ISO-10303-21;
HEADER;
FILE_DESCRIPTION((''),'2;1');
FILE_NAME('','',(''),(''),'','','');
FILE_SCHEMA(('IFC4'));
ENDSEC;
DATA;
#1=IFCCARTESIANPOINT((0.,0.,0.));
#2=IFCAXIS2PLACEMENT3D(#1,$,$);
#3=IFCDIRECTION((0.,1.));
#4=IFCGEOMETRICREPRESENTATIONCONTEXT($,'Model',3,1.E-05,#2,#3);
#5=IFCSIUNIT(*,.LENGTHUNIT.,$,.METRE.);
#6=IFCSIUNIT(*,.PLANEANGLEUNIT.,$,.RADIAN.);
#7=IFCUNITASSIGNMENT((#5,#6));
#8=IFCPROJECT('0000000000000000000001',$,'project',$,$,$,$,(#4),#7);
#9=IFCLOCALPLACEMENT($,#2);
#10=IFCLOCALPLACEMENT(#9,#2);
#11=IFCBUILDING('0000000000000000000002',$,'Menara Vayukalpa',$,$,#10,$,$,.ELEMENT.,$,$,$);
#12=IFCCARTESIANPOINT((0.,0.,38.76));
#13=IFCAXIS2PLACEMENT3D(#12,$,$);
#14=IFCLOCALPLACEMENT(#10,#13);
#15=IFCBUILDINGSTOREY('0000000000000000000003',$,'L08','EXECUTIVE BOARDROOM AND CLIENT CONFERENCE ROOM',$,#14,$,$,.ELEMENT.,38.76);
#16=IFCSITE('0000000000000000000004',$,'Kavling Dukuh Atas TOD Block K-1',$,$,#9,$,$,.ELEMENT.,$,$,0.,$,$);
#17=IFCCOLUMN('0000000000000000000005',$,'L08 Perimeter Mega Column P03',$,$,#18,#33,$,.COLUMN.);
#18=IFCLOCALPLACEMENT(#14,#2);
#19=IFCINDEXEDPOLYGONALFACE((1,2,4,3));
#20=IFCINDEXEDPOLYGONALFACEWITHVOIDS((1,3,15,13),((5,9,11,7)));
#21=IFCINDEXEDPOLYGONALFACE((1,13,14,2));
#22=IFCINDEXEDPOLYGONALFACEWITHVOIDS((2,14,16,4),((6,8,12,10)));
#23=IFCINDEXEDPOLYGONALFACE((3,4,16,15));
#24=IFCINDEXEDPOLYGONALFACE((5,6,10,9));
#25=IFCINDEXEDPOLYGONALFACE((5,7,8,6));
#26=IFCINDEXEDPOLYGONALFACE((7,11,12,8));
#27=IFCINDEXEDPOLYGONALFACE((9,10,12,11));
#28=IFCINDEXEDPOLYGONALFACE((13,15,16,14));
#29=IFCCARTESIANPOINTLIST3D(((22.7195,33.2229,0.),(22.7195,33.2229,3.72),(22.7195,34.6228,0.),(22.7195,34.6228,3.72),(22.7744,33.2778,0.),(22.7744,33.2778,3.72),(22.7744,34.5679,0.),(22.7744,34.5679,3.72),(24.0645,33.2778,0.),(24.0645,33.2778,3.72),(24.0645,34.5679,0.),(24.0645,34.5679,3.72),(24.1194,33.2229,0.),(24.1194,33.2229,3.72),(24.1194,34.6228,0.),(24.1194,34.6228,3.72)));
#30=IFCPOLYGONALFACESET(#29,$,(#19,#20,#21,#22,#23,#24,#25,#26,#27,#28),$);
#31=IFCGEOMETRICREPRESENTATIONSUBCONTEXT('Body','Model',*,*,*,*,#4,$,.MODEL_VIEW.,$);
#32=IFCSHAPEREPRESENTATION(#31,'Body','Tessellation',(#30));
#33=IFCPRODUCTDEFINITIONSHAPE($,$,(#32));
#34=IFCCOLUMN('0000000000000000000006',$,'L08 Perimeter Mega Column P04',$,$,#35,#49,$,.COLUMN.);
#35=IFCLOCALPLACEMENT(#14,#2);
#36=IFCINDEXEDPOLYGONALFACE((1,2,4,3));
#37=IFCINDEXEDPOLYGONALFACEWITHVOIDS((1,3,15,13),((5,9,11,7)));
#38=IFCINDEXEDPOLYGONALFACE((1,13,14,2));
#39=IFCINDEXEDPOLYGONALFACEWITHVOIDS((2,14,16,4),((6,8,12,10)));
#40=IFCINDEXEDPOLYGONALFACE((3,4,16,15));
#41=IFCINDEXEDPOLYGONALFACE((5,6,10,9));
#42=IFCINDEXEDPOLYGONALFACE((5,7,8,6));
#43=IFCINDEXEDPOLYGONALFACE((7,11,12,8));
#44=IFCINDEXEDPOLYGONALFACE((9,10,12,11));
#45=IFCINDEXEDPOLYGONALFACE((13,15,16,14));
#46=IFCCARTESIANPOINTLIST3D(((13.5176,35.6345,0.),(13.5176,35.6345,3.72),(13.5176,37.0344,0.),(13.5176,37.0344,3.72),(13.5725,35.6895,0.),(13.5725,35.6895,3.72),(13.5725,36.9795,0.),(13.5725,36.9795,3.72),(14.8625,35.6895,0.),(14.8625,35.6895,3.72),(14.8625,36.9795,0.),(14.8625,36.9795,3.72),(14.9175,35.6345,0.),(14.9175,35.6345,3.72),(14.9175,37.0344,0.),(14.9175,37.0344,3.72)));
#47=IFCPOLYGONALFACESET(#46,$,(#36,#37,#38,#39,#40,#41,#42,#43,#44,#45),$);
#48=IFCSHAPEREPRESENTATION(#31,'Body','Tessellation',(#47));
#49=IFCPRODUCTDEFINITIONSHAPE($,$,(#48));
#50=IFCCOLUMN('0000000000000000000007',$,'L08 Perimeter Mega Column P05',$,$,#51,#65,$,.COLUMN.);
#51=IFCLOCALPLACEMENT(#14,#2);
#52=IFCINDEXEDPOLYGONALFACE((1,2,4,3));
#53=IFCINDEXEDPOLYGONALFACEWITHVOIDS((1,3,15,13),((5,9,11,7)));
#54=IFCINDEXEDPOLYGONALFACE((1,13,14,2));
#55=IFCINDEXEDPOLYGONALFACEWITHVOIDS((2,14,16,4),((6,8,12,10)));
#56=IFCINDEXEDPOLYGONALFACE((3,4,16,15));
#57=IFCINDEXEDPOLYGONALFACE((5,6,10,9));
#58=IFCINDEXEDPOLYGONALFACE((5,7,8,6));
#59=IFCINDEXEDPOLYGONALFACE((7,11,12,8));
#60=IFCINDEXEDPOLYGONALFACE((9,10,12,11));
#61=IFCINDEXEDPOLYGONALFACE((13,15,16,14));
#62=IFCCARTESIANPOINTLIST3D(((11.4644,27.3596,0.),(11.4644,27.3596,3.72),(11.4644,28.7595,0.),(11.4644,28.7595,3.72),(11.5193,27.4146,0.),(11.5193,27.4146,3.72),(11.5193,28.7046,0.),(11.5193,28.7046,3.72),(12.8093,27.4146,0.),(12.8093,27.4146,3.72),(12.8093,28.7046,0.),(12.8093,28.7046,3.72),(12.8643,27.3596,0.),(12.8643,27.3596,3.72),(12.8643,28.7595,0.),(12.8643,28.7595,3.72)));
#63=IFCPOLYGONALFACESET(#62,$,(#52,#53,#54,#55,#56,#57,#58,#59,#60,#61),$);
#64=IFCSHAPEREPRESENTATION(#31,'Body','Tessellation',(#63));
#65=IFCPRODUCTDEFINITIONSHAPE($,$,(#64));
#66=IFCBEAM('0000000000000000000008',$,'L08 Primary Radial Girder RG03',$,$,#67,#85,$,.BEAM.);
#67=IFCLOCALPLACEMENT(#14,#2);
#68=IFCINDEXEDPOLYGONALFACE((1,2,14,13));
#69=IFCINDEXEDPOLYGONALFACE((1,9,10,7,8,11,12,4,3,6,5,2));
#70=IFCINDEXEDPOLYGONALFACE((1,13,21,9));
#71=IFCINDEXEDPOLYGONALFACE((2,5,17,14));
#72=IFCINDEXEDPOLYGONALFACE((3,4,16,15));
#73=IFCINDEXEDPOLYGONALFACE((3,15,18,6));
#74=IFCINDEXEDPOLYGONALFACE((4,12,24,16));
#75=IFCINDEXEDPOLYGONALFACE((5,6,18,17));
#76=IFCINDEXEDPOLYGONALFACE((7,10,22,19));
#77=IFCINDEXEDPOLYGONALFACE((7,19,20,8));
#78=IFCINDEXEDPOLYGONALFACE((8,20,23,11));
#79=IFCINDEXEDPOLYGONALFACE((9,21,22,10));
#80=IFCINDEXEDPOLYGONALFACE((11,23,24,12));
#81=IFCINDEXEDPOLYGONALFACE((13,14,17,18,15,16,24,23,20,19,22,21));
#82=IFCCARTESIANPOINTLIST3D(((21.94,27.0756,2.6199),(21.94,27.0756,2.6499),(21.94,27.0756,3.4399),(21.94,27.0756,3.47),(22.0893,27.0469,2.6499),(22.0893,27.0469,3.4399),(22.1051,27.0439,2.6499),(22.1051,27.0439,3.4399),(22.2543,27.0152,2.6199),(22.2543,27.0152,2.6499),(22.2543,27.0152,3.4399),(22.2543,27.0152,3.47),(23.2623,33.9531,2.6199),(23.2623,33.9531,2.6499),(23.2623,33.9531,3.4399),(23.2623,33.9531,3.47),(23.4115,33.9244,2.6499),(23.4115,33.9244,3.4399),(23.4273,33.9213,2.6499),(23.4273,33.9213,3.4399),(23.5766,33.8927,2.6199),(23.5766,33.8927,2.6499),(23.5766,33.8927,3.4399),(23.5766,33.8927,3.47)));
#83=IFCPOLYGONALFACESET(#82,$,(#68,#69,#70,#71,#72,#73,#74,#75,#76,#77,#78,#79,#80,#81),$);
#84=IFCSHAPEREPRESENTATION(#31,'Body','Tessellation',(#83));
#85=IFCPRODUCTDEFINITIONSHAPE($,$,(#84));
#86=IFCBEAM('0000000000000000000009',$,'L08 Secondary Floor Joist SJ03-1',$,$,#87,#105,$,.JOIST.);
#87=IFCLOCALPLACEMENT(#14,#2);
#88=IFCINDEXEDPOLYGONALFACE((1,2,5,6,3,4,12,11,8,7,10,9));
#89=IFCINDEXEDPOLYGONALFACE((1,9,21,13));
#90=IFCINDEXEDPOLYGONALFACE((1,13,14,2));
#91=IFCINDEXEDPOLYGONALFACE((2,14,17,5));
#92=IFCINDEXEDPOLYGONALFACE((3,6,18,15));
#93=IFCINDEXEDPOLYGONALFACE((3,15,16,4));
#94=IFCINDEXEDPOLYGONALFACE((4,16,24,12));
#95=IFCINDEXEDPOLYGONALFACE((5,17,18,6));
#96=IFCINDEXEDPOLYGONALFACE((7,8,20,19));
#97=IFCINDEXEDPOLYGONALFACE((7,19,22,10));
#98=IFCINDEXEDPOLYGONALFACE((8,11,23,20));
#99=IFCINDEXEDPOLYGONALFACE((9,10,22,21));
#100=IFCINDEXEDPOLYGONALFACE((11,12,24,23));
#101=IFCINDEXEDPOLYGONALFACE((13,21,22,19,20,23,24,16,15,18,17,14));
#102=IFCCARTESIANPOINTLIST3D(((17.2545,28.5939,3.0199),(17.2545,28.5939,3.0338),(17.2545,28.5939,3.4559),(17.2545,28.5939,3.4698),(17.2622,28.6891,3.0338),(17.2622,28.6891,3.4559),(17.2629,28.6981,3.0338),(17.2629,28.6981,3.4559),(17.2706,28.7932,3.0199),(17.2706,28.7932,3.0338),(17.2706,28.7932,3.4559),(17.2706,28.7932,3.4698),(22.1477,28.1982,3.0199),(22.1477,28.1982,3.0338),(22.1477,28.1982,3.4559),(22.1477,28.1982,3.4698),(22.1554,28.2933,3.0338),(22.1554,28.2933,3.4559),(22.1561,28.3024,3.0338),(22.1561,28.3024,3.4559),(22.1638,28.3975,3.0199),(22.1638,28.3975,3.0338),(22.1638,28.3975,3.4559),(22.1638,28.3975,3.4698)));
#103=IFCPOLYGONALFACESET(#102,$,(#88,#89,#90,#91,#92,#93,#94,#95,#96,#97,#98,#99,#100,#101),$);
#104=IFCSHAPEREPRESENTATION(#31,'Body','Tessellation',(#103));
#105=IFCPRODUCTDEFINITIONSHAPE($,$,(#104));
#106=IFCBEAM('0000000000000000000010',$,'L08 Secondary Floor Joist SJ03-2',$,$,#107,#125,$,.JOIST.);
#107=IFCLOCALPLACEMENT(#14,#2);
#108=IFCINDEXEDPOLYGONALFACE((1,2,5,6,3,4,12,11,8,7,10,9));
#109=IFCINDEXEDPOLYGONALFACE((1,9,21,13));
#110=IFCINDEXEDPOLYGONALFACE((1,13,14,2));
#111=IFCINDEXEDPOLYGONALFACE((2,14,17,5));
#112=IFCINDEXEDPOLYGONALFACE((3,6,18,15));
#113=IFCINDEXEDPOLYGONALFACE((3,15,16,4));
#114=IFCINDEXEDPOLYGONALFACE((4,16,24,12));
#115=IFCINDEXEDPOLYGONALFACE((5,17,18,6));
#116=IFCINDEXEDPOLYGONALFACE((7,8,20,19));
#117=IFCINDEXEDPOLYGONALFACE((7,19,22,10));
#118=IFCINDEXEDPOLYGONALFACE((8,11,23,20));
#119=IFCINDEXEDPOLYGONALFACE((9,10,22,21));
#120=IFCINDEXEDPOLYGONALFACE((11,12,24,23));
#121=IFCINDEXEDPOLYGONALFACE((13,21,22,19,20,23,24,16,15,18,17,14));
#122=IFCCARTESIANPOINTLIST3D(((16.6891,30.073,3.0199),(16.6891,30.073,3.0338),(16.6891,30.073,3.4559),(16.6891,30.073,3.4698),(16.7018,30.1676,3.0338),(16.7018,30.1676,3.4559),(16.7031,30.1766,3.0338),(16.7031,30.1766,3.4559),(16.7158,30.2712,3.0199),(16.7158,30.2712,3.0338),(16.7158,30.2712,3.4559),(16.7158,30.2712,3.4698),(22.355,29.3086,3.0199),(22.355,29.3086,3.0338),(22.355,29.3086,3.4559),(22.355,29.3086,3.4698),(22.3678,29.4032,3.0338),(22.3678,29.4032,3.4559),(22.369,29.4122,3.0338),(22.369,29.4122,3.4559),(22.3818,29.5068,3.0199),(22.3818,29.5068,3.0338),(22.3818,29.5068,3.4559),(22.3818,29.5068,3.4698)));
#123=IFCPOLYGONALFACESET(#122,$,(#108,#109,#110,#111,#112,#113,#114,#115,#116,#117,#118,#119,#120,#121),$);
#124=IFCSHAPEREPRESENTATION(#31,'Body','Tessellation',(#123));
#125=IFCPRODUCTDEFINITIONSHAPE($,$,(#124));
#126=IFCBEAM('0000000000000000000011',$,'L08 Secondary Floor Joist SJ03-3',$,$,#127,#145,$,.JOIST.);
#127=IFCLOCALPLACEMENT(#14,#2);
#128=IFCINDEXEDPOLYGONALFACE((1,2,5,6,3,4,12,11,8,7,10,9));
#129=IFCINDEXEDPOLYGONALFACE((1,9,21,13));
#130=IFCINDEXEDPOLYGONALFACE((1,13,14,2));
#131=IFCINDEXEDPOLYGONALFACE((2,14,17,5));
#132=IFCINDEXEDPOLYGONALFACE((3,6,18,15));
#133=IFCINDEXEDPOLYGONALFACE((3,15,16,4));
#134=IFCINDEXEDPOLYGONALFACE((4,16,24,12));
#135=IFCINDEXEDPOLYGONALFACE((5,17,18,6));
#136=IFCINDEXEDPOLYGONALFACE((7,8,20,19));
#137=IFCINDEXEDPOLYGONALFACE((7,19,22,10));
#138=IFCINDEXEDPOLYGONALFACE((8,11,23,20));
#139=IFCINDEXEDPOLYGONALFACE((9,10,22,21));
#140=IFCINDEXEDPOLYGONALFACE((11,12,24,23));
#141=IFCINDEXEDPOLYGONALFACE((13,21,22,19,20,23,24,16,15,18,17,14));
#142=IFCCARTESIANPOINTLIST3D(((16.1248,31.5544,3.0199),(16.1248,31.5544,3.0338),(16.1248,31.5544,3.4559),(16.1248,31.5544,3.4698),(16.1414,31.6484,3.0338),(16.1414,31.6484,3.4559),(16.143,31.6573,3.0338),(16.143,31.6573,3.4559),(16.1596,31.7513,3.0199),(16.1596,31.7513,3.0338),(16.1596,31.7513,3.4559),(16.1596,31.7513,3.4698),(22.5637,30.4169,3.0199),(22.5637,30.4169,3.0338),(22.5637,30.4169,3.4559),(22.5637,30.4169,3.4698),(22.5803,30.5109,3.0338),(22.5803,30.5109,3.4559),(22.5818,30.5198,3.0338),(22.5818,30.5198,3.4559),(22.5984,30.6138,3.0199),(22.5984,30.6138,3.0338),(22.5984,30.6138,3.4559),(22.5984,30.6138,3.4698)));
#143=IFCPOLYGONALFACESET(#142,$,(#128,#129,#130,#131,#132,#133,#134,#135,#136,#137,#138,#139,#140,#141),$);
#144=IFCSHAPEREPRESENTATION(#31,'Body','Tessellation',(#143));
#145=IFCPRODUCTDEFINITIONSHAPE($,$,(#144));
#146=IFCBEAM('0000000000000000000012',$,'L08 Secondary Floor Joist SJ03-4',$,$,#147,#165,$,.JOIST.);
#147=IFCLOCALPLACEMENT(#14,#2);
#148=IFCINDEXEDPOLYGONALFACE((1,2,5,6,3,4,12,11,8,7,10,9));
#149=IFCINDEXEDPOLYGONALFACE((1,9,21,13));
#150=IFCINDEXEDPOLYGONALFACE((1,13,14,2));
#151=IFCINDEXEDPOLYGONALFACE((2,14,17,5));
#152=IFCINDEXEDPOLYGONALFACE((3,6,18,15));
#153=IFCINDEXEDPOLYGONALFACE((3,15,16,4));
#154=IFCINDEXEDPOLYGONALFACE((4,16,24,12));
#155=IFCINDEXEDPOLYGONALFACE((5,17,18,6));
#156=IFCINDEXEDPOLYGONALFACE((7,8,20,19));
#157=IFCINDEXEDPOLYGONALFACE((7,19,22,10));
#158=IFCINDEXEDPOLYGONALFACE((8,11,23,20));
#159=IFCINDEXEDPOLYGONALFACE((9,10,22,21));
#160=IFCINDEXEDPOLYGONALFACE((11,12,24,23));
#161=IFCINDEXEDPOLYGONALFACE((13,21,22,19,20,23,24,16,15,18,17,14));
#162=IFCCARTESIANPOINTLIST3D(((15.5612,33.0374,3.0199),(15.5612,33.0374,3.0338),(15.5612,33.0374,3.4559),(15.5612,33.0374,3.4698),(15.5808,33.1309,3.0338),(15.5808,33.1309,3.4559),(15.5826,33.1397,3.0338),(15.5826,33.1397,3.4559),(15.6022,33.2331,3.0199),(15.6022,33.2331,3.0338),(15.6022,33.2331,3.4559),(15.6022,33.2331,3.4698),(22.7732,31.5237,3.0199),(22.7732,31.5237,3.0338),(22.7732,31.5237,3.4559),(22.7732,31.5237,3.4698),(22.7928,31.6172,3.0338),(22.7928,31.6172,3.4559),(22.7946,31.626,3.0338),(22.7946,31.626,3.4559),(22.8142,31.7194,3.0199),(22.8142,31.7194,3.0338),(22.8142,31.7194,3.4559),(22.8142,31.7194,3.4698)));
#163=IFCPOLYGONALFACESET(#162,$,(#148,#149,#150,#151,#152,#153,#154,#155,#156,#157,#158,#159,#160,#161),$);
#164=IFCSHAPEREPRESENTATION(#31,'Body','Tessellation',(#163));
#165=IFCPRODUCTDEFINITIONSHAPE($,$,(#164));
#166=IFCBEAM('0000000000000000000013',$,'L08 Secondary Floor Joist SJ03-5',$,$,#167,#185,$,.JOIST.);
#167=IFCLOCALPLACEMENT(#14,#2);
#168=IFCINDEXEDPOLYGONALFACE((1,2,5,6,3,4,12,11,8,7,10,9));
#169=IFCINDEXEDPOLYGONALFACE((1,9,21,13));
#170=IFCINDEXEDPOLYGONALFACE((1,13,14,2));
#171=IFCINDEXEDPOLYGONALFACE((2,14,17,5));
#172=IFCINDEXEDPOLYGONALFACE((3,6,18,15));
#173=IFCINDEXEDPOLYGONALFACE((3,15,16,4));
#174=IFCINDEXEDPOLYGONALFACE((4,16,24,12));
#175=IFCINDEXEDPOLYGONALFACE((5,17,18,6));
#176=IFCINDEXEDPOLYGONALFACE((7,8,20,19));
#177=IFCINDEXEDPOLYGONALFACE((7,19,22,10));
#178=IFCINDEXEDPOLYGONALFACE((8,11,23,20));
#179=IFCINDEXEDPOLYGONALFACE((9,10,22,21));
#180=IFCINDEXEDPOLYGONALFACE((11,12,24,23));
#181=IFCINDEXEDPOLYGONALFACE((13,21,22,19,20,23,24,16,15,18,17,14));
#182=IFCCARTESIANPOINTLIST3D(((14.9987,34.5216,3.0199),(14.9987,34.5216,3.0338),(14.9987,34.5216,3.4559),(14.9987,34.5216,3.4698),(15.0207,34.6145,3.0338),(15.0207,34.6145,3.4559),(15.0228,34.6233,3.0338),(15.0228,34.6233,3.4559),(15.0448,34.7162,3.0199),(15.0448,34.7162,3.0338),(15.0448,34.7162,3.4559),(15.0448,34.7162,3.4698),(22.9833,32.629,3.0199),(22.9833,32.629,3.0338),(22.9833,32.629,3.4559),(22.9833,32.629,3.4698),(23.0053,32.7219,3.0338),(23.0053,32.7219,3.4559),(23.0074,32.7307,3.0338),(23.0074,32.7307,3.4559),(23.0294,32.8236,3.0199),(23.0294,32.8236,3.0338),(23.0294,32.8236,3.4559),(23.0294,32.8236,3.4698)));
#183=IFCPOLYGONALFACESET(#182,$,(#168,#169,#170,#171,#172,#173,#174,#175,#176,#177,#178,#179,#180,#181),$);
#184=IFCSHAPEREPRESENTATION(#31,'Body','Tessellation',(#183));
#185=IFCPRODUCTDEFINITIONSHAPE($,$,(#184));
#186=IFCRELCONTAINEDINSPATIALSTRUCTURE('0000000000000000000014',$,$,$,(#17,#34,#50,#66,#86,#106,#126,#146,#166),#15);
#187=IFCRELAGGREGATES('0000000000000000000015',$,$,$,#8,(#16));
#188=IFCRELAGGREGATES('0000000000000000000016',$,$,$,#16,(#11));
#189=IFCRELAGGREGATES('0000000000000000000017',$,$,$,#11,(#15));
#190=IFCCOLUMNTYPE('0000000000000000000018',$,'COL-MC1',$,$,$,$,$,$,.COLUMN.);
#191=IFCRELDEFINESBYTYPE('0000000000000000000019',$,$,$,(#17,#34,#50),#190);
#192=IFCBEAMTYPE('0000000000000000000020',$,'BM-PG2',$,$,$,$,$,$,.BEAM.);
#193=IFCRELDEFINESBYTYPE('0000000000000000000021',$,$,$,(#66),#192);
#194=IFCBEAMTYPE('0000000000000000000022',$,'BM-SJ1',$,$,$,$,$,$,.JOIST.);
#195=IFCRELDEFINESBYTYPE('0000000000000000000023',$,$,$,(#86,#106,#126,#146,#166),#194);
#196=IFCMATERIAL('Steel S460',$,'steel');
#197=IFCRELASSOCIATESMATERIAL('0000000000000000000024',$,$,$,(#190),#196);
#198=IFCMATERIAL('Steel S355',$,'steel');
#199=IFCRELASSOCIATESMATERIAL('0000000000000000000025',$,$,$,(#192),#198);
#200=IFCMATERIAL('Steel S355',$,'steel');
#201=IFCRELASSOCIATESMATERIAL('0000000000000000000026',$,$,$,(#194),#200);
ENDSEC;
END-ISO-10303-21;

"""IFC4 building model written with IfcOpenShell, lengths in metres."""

from ifc_helpers import new_model, si_unit, direction, frame, origin, origin_2d, place, context, subcontext, project, spatial, hollow_rectangle, i_section, extrude, material, material_profile, profile_set, type_object, element, save


model = new_model("IFC4")

# Units and contexts
model_context = context("Model", 3, precision=1e-05, world=origin(), true_north=direction((0.0, 1.0)))
body_context = subcontext(model_context, "Body", "Model", "MODEL_VIEW")
ifc_project = project(units=[si_unit("LENGTHUNIT", "METRE"), si_unit("PLANEANGLEUNIT", "RADIAN")], contexts=[model_context])

# Site, building, storey
site_placement = place(None, origin())
site = spatial("IfcSite", under=ifc_project, at=site_placement, Name="Kavling Dukuh Atas TOD Block K-1", CompositionType="ELEMENT", RefElevation=0.0)
building_placement = place(site_placement, origin())
building = spatial("IfcBuilding", under=site, at=building_placement, Name="Menara Vayukalpa", CompositionType="ELEMENT")
storey_placement = place(building_placement, frame((0.0, 0.0, 38.76)))
storey = spatial("IfcBuildingStorey", under=building, at=storey_placement, Name="L08", Description="EXECUTIVE BOARDROOM AND CLIENT CONFERENCE ROOM", CompositionType="ELEMENT", Elevation=38.76)

# Columns
ifc_material_1 = material(Name="Steel S460", Category="steel")
ifc_material_profile_1 = material_profile(ifc_material_1, hollow_rectangle(XDim=1.3999, YDim=1.3999, WallThickness=0.0549, at=origin_2d()), Name="BOX 1400x1400x55")
ifc_profile_set_1 = profile_set([ifc_material_profile_1], Name="Steel S460")
column_type = type_object("IfcColumnType", Name="COL-MC1", PredefinedType="COLUMN", material=ifc_profile_set_1)
for number, where, z_axis, x_axis, name in (
    (1, (23.4194, 33.9229, 0.0), (0.0, 0.0, 1.0), (1.0, 0.0, 0.0), "L08 Perimeter Mega Column P03"),
    (2, (14.2175, 36.3345, 0.0), (0.0, 0.0, 1.0), (1.0, 0.0, 0.0), "L08 Perimeter Mega Column P04"),
    (3, (12.1643, 28.0596, 0.0), (0.0, 0.0, 1.0), (1.0, 0.0, 0.0), "L08 Perimeter Mega Column P05"),
):
    element("IfcColumn", number, at=place(storey_placement, frame(where, z_axis=z_axis, x_axis=x_axis)), inside=storey, type_object=column_type, Name=name, PredefinedType="COLUMN", context=body_context, shape_type="SweptSolid", body=[
        extrude(hollow_rectangle(XDim=1.3999, YDim=1.3999, WallThickness=0.0549, at=origin_2d()), origin(), (0.0, 0.0, 1.0), 3.72),
    ])

# Beams
ifc_material_2 = material(Name="Steel S355", Category="steel")
ifc_material_profile_2 = material_profile(ifc_material_2, i_section(OverallWidth=0.3201, OverallDepth=0.8501, WebThickness=0.0161, FlangeThickness=0.03, at=origin_2d()), Name="WF 850x320x16x30")
ifc_profile_set_2 = profile_set([ifc_material_profile_2], Name="Steel S355")
beam_type_1 = type_object("IfcBeamType", Name="BM-PG2", PredefinedType="BEAM", material=ifc_profile_set_2)
beam_1_placement = place(storey_placement, frame((22.0972, 27.0454, 3.0449), z_axis=(0.188803, 0.982015, 0.0), x_axis=(-0.982015, 0.188803, 0.0)))
element("IfcBeam", 4, at=beam_1_placement, inside=storey, type_object=beam_type_1, Name="L08 Primary Radial Girder RG03", PredefinedType="BEAM", context=body_context, shape_type="SweptSolid", body=[
    extrude(i_section(OverallWidth=0.3201, OverallDepth=0.8501, WebThickness=0.0161, FlangeThickness=0.03, at=origin_2d()), origin(), (0.0, 0.0, 1.0), 7.0034),
])
ifc_material_3 = material(Name="Steel S355", Category="steel")
ifc_material_profile_3 = material_profile(ifc_material_3, i_section(OverallWidth=0.2, OverallDepth=0.45, WebThickness=0.009, FlangeThickness=0.0139, at=origin_2d()), Name="WF 450x200x9x14")
ifc_profile_set_3 = profile_set([ifc_material_profile_3], Name="Steel S355")
beam_type_2 = type_object("IfcBeamType", Name="BM-SJ1", PredefinedType="JOIST", material=ifc_profile_set_3)
beam_2_placement = place(storey_placement, frame((22.1558, 28.2979, 3.2449), z_axis=(-0.996745, 0.080613, 0.0), x_axis=(-0.080613, -0.996745, 0.0)))
element("IfcBeam", 5, at=beam_2_placement, inside=storey, type_object=beam_type_2, Name="L08 Secondary Floor Joist SJ03-1", PredefinedType="JOIST", context=body_context, shape_type="SweptSolid", body=[
    extrude(i_section(OverallWidth=0.2, OverallDepth=0.45, WebThickness=0.009, FlangeThickness=0.0139, at=origin_2d()), origin(), (0.0, 0.0, 1.0), 4.9092),
])
beam_3_placement = place(storey_placement, frame((22.3684, 29.4077, 3.2449), z_axis=(-0.991022, 0.133699, 0.0), x_axis=(-0.133699, -0.991022, 0.0)))
element("IfcBeam", 6, at=beam_3_placement, inside=storey, type_object=beam_type_2, Name="L08 Secondary Floor Joist SJ03-2", PredefinedType="JOIST", context=body_context, shape_type="SweptSolid", body=[
    extrude(i_section(OverallWidth=0.2, OverallDepth=0.45, WebThickness=0.009, FlangeThickness=0.0139, at=origin_2d()), origin(), (0.0, 0.0, 1.0), 5.7173),
])
beam_4_placement = place(storey_placement, frame((22.5811, 30.5154, 3.2449), z_axis=(-0.984753, 0.173958, 0.0), x_axis=(-0.173958, -0.984753, 0.0)))
element("IfcBeam", 7, at=beam_4_placement, inside=storey, type_object=beam_type_2, Name="L08 Secondary Floor Joist SJ03-3", PredefinedType="JOIST", context=body_context, shape_type="SweptSolid", body=[
    extrude(i_section(OverallWidth=0.2, OverallDepth=0.45, WebThickness=0.009, FlangeThickness=0.0139, at=origin_2d()), origin(), (0.0, 0.0, 1.0), 6.5386),
])
beam_5_placement = place(storey_placement, frame((22.7937, 31.6216, 3.2449), z_axis=(-0.978676, 0.205409, 0.0), x_axis=(-0.205409, -0.978676, 0.0)))
element("IfcBeam", 8, at=beam_5_placement, inside=storey, type_object=beam_type_2, Name="L08 Secondary Floor Joist SJ03-4", PredefinedType="JOIST", context=body_context, shape_type="SweptSolid", body=[
    extrude(i_section(OverallWidth=0.2, OverallDepth=0.45, WebThickness=0.009, FlangeThickness=0.0139, at=origin_2d()), origin(), (0.0, 0.0, 1.0), 7.3691),
])
beam_6_placement = place(storey_placement, frame((23.0063, 32.7263, 3.2449), z_axis=(-0.97304, 0.230638, 0.0), x_axis=(-0.230638, -0.97304, 0.0)))
element("IfcBeam", 9, at=beam_6_placement, inside=storey, type_object=beam_type_2, Name="L08 Secondary Floor Joist SJ03-5", PredefinedType="JOIST", context=body_context, shape_type="SweptSolid", body=[
    extrude(i_section(OverallWidth=0.2, OverallDepth=0.45, WebThickness=0.009, FlangeThickness=0.0139, at=origin_2d()), origin(), (0.0, 0.0, 1.0), 8.2058),
])

save(model, "model.ifc")
